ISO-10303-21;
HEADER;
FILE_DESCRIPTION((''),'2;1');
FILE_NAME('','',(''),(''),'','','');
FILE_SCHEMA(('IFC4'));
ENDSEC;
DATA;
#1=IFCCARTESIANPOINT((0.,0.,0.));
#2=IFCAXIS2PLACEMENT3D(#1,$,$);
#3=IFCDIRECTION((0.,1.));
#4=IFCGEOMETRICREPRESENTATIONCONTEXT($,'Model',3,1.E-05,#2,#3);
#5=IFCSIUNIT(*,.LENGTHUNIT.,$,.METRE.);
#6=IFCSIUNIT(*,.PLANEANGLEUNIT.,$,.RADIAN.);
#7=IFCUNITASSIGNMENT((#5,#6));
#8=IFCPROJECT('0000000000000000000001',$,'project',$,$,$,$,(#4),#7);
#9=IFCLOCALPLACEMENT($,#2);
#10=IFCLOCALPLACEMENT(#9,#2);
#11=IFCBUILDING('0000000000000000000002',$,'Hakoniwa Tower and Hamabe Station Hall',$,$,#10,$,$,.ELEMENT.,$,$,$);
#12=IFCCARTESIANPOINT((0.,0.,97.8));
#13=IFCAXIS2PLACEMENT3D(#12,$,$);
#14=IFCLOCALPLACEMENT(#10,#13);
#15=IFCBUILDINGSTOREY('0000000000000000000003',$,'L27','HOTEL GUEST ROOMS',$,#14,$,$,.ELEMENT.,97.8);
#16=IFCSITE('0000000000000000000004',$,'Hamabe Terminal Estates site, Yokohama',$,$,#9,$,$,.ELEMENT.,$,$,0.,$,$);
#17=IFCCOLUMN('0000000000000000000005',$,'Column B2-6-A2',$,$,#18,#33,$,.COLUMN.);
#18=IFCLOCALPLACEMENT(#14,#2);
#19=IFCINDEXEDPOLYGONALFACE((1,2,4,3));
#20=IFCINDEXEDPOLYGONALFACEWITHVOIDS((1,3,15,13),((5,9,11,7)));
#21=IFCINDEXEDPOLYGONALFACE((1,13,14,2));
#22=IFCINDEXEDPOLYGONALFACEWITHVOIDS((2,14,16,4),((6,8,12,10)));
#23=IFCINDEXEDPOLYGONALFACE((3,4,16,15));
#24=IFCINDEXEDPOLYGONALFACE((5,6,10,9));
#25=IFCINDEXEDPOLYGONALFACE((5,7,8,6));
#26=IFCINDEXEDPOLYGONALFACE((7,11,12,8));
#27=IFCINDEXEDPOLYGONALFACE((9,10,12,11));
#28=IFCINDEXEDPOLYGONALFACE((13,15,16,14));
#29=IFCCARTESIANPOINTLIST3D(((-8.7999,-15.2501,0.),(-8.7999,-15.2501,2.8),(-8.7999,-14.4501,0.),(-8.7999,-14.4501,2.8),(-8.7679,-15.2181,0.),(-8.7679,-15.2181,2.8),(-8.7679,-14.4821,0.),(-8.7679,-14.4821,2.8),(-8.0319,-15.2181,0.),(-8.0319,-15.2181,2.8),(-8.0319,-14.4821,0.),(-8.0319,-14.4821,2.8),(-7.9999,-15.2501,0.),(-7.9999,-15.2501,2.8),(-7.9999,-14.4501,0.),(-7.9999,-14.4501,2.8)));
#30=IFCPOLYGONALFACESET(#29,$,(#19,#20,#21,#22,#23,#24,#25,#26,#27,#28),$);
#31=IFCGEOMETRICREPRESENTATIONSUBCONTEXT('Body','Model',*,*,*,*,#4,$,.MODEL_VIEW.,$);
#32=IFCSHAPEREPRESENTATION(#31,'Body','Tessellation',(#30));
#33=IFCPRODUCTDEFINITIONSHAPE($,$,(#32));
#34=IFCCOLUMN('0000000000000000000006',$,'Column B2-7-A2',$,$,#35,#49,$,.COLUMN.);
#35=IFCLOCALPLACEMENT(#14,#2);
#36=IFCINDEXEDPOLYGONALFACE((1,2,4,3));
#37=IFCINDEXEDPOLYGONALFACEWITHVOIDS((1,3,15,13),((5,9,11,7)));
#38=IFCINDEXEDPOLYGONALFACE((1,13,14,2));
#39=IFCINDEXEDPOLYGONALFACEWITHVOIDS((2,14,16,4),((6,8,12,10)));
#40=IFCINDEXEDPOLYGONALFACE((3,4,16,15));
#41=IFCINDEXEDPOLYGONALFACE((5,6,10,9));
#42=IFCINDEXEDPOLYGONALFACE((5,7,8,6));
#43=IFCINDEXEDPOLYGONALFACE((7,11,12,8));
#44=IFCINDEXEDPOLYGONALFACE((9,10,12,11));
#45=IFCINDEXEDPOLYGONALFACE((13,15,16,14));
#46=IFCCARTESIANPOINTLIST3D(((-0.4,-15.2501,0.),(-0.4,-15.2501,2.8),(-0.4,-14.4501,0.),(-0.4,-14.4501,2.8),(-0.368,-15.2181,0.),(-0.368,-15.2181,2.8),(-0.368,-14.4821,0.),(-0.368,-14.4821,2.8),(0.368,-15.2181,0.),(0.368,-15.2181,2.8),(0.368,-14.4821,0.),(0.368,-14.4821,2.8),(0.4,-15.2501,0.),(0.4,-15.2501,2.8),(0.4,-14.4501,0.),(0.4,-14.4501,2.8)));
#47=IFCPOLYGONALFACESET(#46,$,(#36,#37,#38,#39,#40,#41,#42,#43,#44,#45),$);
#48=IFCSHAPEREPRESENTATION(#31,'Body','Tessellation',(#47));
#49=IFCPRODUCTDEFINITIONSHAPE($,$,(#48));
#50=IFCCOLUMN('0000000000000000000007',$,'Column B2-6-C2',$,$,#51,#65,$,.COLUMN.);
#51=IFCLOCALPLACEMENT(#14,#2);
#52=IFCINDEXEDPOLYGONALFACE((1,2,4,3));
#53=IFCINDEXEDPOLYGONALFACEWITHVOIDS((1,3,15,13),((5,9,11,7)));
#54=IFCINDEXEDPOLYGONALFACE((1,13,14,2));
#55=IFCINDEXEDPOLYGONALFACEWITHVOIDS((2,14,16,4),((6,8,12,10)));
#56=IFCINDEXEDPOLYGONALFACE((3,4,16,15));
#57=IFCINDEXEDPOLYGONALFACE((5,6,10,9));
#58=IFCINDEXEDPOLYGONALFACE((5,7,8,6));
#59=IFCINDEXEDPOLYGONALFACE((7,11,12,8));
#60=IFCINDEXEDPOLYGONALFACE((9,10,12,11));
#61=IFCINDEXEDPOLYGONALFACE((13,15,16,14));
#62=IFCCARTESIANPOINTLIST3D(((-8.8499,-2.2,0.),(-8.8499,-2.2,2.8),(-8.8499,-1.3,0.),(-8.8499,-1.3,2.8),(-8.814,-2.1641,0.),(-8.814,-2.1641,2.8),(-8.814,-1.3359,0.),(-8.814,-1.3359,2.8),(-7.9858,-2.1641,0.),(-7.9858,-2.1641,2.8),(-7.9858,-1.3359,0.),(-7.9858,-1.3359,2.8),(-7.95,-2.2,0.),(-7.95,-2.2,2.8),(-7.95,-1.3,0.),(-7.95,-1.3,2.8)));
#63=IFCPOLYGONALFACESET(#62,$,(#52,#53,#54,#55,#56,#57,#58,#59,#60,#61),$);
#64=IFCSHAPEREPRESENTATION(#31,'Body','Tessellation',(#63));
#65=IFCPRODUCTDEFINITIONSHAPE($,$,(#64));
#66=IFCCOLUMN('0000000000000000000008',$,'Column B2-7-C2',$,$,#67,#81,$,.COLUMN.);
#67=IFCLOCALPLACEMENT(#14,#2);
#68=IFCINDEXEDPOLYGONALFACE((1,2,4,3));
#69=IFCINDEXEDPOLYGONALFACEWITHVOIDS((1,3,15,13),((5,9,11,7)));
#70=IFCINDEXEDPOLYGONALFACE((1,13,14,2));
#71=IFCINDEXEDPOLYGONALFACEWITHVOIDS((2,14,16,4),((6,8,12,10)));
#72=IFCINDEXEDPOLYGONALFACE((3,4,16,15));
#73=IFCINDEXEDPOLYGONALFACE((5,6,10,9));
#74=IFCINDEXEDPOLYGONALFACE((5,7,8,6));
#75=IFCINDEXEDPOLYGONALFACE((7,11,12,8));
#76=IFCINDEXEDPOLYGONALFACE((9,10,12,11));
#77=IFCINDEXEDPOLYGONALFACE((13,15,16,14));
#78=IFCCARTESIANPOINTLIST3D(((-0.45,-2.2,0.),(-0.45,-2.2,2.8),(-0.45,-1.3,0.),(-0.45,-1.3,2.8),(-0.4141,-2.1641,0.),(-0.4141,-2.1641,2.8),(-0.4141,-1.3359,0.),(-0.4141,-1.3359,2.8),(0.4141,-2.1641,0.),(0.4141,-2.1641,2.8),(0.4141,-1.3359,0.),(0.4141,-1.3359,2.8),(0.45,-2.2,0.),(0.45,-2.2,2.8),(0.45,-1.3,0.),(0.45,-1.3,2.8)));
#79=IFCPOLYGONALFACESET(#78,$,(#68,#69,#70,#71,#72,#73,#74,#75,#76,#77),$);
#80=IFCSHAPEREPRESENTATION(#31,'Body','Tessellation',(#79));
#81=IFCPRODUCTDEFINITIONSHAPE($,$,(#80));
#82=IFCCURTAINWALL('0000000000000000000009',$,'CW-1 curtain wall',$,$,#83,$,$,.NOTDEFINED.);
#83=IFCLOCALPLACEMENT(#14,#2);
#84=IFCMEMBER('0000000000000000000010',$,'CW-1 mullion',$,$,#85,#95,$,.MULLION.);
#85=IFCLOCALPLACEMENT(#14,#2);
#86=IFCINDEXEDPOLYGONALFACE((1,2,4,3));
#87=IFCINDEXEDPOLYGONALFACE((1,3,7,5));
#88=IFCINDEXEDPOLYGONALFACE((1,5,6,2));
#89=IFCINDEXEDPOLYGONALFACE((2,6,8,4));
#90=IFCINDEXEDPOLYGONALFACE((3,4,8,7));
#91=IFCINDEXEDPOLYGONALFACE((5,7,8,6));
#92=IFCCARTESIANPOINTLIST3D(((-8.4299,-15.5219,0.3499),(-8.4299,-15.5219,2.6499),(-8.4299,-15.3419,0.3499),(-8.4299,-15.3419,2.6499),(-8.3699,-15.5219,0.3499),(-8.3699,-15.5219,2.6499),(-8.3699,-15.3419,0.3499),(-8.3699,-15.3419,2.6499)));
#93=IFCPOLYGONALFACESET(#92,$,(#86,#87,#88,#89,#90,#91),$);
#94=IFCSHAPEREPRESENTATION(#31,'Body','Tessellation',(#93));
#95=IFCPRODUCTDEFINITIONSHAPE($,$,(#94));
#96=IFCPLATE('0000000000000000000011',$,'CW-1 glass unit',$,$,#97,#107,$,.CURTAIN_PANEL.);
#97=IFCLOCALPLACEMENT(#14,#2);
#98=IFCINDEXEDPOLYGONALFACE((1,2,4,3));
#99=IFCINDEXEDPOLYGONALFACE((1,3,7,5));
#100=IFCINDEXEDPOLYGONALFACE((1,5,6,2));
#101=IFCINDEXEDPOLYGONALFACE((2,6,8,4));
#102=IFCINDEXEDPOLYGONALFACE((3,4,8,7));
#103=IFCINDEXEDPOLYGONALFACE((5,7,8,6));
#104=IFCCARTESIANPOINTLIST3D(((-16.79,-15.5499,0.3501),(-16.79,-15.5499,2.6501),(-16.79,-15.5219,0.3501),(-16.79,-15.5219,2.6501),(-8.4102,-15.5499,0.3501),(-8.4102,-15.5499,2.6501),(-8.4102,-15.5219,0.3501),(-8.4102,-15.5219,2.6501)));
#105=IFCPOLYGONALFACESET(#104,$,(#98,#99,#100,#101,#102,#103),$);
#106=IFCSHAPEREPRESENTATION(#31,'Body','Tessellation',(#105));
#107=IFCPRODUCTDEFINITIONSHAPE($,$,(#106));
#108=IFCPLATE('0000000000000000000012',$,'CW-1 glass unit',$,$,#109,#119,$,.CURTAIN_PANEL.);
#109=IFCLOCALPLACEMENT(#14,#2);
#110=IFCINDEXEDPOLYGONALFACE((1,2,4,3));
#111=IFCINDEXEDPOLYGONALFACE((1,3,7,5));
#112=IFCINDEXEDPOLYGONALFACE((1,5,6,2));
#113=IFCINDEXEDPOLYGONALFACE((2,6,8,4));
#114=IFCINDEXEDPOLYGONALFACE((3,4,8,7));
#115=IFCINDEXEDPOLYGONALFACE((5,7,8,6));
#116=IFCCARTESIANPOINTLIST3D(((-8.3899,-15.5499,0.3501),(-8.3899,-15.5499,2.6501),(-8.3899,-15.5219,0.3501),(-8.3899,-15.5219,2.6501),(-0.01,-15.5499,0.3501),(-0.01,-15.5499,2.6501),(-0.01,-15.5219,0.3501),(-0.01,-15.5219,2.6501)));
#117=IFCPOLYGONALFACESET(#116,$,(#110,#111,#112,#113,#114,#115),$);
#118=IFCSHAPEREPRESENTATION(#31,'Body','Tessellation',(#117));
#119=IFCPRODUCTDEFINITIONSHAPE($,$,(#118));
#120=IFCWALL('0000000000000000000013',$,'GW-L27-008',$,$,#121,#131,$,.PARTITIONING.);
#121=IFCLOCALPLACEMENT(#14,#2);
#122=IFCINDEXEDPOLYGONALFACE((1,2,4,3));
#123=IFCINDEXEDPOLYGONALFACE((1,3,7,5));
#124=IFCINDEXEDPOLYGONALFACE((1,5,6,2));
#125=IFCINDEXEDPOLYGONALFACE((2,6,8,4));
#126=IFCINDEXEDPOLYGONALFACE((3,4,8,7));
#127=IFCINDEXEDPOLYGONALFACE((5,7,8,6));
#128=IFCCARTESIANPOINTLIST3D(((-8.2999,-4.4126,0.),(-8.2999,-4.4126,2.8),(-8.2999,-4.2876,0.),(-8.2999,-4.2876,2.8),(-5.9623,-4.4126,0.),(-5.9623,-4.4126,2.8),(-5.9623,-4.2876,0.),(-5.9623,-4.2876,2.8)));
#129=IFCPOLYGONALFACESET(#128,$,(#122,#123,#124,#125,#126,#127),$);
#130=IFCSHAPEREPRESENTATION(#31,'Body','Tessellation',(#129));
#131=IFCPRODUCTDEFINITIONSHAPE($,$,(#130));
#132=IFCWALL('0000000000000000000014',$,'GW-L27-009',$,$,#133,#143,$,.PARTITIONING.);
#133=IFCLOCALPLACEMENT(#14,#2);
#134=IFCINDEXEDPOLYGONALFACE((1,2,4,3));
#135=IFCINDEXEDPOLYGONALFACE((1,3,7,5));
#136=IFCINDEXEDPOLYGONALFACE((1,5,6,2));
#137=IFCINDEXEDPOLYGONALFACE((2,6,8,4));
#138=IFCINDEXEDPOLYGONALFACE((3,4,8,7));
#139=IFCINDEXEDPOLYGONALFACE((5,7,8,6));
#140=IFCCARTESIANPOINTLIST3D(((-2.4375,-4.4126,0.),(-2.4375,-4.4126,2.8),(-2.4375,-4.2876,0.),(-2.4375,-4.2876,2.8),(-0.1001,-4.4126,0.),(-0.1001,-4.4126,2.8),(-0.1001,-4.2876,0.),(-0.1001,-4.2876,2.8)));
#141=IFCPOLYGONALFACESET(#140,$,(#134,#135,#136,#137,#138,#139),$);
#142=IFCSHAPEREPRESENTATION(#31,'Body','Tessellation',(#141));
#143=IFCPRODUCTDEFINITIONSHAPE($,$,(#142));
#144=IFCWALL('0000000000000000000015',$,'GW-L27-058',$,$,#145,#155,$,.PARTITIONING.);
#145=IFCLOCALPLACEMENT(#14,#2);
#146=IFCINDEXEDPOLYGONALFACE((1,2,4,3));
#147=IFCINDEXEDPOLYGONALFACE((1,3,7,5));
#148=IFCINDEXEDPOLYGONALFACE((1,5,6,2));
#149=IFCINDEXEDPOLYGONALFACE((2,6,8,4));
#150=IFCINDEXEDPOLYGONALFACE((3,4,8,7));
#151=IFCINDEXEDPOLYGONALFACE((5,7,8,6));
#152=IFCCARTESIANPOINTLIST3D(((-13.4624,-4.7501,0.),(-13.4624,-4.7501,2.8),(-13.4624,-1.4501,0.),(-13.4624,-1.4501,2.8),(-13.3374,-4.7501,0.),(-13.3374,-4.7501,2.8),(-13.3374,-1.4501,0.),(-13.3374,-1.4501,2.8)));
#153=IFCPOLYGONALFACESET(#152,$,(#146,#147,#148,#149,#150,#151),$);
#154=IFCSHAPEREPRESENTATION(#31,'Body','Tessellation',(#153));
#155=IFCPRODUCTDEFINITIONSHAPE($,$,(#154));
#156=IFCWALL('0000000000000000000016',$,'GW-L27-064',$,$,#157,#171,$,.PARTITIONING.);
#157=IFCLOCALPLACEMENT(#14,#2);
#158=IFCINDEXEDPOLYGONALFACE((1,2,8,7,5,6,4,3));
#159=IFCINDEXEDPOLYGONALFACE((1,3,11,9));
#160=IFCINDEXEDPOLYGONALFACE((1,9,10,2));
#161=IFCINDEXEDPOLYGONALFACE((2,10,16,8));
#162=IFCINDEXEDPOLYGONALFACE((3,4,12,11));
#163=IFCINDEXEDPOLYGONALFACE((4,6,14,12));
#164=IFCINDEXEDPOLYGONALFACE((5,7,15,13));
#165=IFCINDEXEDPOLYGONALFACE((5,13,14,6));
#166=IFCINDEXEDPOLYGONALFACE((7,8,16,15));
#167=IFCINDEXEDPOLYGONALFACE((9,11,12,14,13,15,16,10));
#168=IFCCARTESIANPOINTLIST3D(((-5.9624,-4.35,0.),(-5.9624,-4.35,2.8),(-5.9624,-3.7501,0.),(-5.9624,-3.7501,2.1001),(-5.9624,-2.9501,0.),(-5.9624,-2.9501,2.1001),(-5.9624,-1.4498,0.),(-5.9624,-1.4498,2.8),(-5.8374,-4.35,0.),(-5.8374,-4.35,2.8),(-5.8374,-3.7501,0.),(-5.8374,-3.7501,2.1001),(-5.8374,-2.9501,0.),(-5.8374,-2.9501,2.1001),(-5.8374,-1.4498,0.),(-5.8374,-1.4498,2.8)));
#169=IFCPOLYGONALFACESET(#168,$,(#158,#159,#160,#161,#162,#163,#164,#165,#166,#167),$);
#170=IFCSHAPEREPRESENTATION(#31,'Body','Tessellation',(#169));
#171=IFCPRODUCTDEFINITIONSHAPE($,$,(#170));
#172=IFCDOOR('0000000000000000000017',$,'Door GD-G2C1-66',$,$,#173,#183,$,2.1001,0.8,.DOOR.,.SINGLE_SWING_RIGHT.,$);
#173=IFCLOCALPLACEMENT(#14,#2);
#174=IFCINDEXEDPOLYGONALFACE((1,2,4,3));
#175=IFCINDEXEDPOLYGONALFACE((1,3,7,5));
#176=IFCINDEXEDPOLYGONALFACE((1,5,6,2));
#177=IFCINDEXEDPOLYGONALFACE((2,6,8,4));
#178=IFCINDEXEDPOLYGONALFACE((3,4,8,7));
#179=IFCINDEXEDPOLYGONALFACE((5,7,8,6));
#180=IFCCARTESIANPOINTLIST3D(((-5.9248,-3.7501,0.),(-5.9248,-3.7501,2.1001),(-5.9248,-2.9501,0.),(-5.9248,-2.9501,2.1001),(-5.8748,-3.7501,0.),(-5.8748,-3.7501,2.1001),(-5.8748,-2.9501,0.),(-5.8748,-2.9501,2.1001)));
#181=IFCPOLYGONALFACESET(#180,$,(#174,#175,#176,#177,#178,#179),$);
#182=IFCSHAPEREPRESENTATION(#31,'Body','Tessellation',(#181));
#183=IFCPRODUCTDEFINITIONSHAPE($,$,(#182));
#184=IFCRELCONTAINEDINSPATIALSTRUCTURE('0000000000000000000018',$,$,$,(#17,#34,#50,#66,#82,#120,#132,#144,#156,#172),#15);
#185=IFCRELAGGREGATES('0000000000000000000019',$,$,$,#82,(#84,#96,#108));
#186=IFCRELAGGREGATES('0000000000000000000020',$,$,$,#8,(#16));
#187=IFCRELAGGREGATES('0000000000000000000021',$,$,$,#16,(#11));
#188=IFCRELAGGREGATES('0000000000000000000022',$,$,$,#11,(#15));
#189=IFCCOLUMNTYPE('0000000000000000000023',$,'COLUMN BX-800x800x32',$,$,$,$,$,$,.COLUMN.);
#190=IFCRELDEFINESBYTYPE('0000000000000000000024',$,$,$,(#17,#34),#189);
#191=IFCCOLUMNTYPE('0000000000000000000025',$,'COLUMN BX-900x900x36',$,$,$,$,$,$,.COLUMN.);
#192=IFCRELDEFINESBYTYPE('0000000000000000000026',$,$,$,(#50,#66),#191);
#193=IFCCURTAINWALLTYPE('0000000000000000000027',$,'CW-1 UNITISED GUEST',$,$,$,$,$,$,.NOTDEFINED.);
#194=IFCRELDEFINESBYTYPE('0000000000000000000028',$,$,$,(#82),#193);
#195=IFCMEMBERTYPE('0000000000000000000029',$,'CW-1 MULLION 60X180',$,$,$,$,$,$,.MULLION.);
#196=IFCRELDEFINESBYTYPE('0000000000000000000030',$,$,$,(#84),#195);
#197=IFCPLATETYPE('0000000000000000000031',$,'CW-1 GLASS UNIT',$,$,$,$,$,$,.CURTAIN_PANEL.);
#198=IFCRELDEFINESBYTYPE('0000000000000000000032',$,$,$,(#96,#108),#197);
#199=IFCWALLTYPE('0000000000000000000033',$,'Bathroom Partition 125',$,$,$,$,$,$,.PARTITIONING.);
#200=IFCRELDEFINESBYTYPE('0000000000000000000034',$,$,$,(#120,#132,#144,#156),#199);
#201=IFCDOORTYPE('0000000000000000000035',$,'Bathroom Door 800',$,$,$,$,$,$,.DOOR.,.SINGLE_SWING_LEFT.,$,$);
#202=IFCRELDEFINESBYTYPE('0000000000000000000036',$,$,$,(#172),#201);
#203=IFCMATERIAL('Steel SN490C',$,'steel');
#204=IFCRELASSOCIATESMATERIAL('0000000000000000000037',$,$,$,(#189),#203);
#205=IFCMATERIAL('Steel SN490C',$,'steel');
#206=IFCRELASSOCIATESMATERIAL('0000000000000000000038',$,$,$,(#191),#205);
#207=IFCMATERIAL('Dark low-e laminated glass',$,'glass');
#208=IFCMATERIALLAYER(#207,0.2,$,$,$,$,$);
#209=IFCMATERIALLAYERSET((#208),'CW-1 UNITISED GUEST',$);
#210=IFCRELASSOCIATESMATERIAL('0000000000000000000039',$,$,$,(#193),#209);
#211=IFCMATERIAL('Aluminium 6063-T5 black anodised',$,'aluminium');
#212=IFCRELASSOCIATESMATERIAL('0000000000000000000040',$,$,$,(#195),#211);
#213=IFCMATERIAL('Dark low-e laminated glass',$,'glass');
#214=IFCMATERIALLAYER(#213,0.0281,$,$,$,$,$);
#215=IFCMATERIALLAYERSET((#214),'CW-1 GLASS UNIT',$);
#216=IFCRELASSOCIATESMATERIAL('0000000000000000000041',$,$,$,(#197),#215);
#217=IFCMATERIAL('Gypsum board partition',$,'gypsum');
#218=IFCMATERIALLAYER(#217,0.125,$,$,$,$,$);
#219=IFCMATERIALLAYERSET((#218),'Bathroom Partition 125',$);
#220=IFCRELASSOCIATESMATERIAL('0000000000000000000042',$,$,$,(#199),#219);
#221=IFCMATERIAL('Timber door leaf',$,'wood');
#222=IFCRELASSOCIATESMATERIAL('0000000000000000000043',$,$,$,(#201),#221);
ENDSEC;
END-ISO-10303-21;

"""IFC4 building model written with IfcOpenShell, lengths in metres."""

from ifc_helpers import new_model, si_unit, direction, frame, frame_2d, origin, origin_2d, place, context, subcontext, project, spatial, rectangle, hollow_rectangle, extrude, material, layer, layer_set, material_profile, profile_set, type_object, element, fill, aggregate, save


model = new_model("IFC4")

# Units and contexts
model_context = context("Model", 3, precision=1e-05, world=origin(), true_north=direction((0.0, 1.0)))
body_context = subcontext(model_context, "Body", "Model", "MODEL_VIEW")
ifc_project = project(units=[si_unit("LENGTHUNIT", "METRE"), si_unit("PLANEANGLEUNIT", "RADIAN")], contexts=[model_context])

# Site, building, storey
site_placement = place(None, origin())
site = spatial("IfcSite", under=ifc_project, at=site_placement, Name="Hamabe Terminal Estates site, Yokohama", CompositionType="ELEMENT", RefElevation=0.0)
building_placement = place(site_placement, origin())
building = spatial("IfcBuilding", under=site, at=building_placement, Name="Hakoniwa Tower and Hamabe Station Hall", CompositionType="ELEMENT")
storey_placement = place(building_placement, frame((0.0, 0.0, 97.8)))
storey = spatial("IfcBuildingStorey", under=building, at=storey_placement, Name="L27", Description="HOTEL GUEST ROOMS", CompositionType="ELEMENT", Elevation=97.8)

# Columns
ifc_material_1 = material(Name="Steel SN490C", Category="steel")
ifc_material_profile_1 = material_profile(ifc_material_1, hollow_rectangle(XDim=0.8, YDim=0.8, WallThickness=0.032, at=origin_2d()), Name="BX-800x800x32")
ifc_profile_set_1 = profile_set([ifc_material_profile_1], Name="Steel SN490C")
column_type_1 = type_object("IfcColumnType", Name="COLUMN BX-800x800x32", PredefinedType="COLUMN", material=ifc_profile_set_1)
for number, where, z_axis, x_axis, name in (
    (1, (-8.3999, -14.8501, 0.0), (0.0, 0.0, 1.0), (1.0, 0.0, 0.0), "Column B2-6-A2"),
    (2, (0.0, -14.8501, 0.0), (0.0, 0.0, 1.0), (1.0, 0.0, 0.0), "Column B2-7-A2"),
):
    element("IfcColumn", number, at=place(storey_placement, frame(where, z_axis=z_axis, x_axis=x_axis)), inside=storey, type_object=column_type_1, Name=name, PredefinedType="COLUMN", context=body_context, shape_type="SweptSolid", body=[
        extrude(hollow_rectangle(XDim=0.8, YDim=0.8, WallThickness=0.032, at=origin_2d()), origin(), (0.0, 0.0, 1.0), 2.8),
    ])
ifc_material_2 = material(Name="Steel SN490C", Category="steel")
ifc_material_profile_2 = material_profile(ifc_material_2, hollow_rectangle(XDim=0.8999, YDim=0.8999, WallThickness=0.0359, at=origin_2d()), Name="BX-900x900x36")
ifc_profile_set_2 = profile_set([ifc_material_profile_2], Name="Steel SN490C")
column_type_2 = type_object("IfcColumnType", Name="COLUMN BX-900x900x36", PredefinedType="COLUMN", material=ifc_profile_set_2)
for number, where, z_axis, x_axis, name in (
    (3, (-8.3999, -1.75, 0.0), (0.0, 0.0, 1.0), (1.0, 0.0, 0.0), "Column B2-6-C2"),
    (4, (0.0, -1.75, 0.0), (0.0, 0.0, 1.0), (1.0, 0.0, 0.0), "Column B2-7-C2"),
):
    element("IfcColumn", number, at=place(storey_placement, frame(where, z_axis=z_axis, x_axis=x_axis)), inside=storey, type_object=column_type_2, Name=name, PredefinedType="COLUMN", context=body_context, shape_type="SweptSolid", body=[
        extrude(hollow_rectangle(XDim=0.8999, YDim=0.8999, WallThickness=0.0359, at=origin_2d()), origin(), (0.0, 0.0, 1.0), 2.8),
    ])

# Curtain wall, member, plates
ifc_material_3 = material(Name="Dark low-e laminated glass", Category="glass")
ifc_layer_1 = layer(ifc_material_3, 0.2)
ifc_layer_set_1 = layer_set([ifc_layer_1], Name="CW-1 UNITISED GUEST")
curtain_wall_type = type_object("IfcCurtainWallType", Name="CW-1 UNITISED GUEST", PredefinedType="NOTDEFINED", material=ifc_layer_set_1)
curtain_wall_placement = place(storey_placement, origin())
curtain_wall = element("IfcCurtainWall", 5, at=curtain_wall_placement, inside=storey, type_object=curtain_wall_type, Name="CW-1 curtain wall", PredefinedType="NOTDEFINED")
ifc_material_4 = material(Name="Aluminium 6063-T5 black anodised", Category="aluminium")
ifc_material_profile_3 = material_profile(ifc_material_4, rectangle(XDim=0.0601, YDim=0.1799, at=origin_2d()), Name="CW-1 MULLION 60X180")
ifc_profile_set_3 = profile_set([ifc_material_profile_3], Name="Aluminium 6063-T5 black anodised")
member_type = type_object("IfcMemberType", Name="CW-1 MULLION 60X180", PredefinedType="MULLION", material=ifc_profile_set_3)
member_placement = place(storey_placement, frame((-8.3999, -15.4319, 0.3499), z_axis=(0.0, 0.0, 1.0), x_axis=(1.0, 0.0, 0.0)))
member = element("IfcMember", 6, at=member_placement, type_object=member_type, Name="CW-1 mullion", PredefinedType="MULLION", context=body_context, shape_type="SweptSolid", body=[
    extrude(rectangle(XDim=0.0601, YDim=0.1799, at=origin_2d()), origin(), (0.0, 0.0, 1.0), 2.3),
])
ifc_material_5 = material(Name="Dark low-e laminated glass", Category="glass")
ifc_layer_2 = layer(ifc_material_5, 0.0281)
ifc_layer_set_2 = layer_set([ifc_layer_2], Name="CW-1 GLASS UNIT")
plate_type = type_object("IfcPlateType", Name="CW-1 GLASS UNIT", PredefinedType="CURTAIN_PANEL", material=ifc_layer_set_2)
plate_1_placement = place(storey_placement, frame((-12.6001, -15.5359, 0.3501), z_axis=(0.0, 0.0, 1.0), x_axis=(1.0, 0.0, 0.0)))
plate_1 = element("IfcPlate", 7, at=plate_1_placement, type_object=plate_type, Name="CW-1 glass unit", PredefinedType="CURTAIN_PANEL", context=body_context, shape_type="SweptSolid", body=[
    extrude(rectangle(XDim=8.3799, YDim=0.0281, at=origin_2d()), origin(), (0.0, 0.0, 1.0), 2.3),
])
plate_2_placement = place(storey_placement, frame((-4.2, -15.5359, 0.3501), z_axis=(0.0, 0.0, 1.0), x_axis=(1.0, 0.0, 0.0)))
plate_2 = element("IfcPlate", 8, at=plate_2_placement, type_object=plate_type, Name="CW-1 glass unit", PredefinedType="CURTAIN_PANEL", context=body_context, shape_type="SweptSolid", body=[
    extrude(rectangle(XDim=8.3799, YDim=0.0281, at=origin_2d()), origin(), (0.0, 0.0, 1.0), 2.3),
])
aggregate(curtain_wall, [member, plate_1, plate_2])

# Walls
ifc_material_6 = material(Name="Gypsum board partition", Category="gypsum")
ifc_layer_3 = layer(ifc_material_6, 0.125)
ifc_layer_set_3 = layer_set([ifc_layer_3], Name="Bathroom Partition 125")
wall_type_1 = type_object("IfcWallType", Name="Bathroom Partition 125", PredefinedType="PARTITIONING", material=ifc_layer_set_3)
wall_1_placement = place(storey_placement, frame((-8.3, -4.3501, 0.0), z_axis=(0.0, 0.0, 1.0), x_axis=(1.0, 0.0, 0.0)))
element("IfcWall", 9, at=wall_1_placement, inside=storey, type_object=wall_type_1, Name="GW-L27-008", PredefinedType="PARTITIONING", context=body_context, shape_type="SweptSolid", body=[
    extrude(rectangle(XDim=2.3376, YDim=0.125, at=frame_2d((1.1689, 0.0))), origin(), (0.0, 0.0, 1.0), 2.8),
])
wall_2_placement = place(storey_placement, frame((-2.4375, -4.3501, 0.0), z_axis=(0.0, 0.0, 1.0), x_axis=(1.0, 0.0, 0.0)))
element("IfcWall", 10, at=wall_2_placement, inside=storey, type_object=wall_type_1, Name="GW-L27-009", PredefinedType="PARTITIONING", context=body_context, shape_type="SweptSolid", body=[
    extrude(rectangle(XDim=2.3374, YDim=0.125, at=frame_2d((1.1687, 0.0))), origin(), (0.0, 0.0, 1.0), 2.8),
])
wall_3_placement = place(storey_placement, frame((-13.3999, -4.75, 0.0), z_axis=(0.0, 0.0, 1.0), x_axis=(0.0, 1.0, 0.0)))
element("IfcWall", 11, at=wall_3_placement, inside=storey, type_object=wall_type_1, Name="GW-L27-058", PredefinedType="PARTITIONING", context=body_context, shape_type="SweptSolid", body=[
    extrude(rectangle(XDim=3.3, YDim=0.125, at=frame_2d((1.6499, 0.0))), origin(), (0.0, 0.0, 1.0), 2.8),
])

# Wall, opening, door
wall_4_placement = place(storey_placement, frame((-5.8999, -4.3501, 0.0), z_axis=(0.0, 0.0, 1.0), x_axis=(0.0, 1.0, 0.0)))
wall_4 = element("IfcWall", 12, at=wall_4_placement, inside=storey, type_object=wall_type_1, Name="GW-L27-064", PredefinedType="PARTITIONING", context=body_context, shape_type="SweptSolid", body=[
    extrude(rectangle(XDim=2.9001, YDim=0.125, at=frame_2d((1.4502, 0.0))), origin(), (0.0, 0.0, 1.0), 2.8),
])
opening_1_placement = place(wall_4_placement, frame((0.6001, 0.0, 0.0)))
opening_1 = element("IfcOpeningElement", 13, at=opening_1_placement, cuts=wall_4, PredefinedType="OPENING", context=body_context, shape_type="SweptSolid", body=[
    extrude(rectangle(XDim=0.8, YDim=2.1001, at=frame_2d((0.3999, 1.05))), frame((0.0, 0.0725, 0.0), z_axis=(0.0, -1.0, 0.0), x_axis=(1.0, 0.0, 0.0)), (0.0, 0.0, 1.0), 0.145),
])
ifc_material_7 = material(Name="Timber door leaf", Category="wood")
door_type_1 = type_object("IfcDoorType", Name="Bathroom Door 800", OperationType="SINGLE_SWING_LEFT", PredefinedType="DOOR", material=ifc_material_7)
door_1_placement = place(opening_1_placement, origin())
door_1 = element("IfcDoor", 14, at=door_1_placement, inside=storey, type_object=door_type_1, Name="Door GD-G2C1-66", OperationType="SINGLE_SWING_RIGHT", OverallHeight=2.1001, OverallWidth=0.8, PredefinedType="DOOR", context=body_context, shape_type="SweptSolid", body=[
    extrude(rectangle(XDim=0.8, YDim=2.1001, at=frame_2d((0.3999, 1.05))), frame((0.0, 0.0249, 0.0), z_axis=(0.0, -1.0, 0.0), x_axis=(1.0, 0.0, 0.0)), (0.0, 0.0, 1.0), 0.05),
])
fill(opening_1, door_1)

save(model, "model.ifc")
